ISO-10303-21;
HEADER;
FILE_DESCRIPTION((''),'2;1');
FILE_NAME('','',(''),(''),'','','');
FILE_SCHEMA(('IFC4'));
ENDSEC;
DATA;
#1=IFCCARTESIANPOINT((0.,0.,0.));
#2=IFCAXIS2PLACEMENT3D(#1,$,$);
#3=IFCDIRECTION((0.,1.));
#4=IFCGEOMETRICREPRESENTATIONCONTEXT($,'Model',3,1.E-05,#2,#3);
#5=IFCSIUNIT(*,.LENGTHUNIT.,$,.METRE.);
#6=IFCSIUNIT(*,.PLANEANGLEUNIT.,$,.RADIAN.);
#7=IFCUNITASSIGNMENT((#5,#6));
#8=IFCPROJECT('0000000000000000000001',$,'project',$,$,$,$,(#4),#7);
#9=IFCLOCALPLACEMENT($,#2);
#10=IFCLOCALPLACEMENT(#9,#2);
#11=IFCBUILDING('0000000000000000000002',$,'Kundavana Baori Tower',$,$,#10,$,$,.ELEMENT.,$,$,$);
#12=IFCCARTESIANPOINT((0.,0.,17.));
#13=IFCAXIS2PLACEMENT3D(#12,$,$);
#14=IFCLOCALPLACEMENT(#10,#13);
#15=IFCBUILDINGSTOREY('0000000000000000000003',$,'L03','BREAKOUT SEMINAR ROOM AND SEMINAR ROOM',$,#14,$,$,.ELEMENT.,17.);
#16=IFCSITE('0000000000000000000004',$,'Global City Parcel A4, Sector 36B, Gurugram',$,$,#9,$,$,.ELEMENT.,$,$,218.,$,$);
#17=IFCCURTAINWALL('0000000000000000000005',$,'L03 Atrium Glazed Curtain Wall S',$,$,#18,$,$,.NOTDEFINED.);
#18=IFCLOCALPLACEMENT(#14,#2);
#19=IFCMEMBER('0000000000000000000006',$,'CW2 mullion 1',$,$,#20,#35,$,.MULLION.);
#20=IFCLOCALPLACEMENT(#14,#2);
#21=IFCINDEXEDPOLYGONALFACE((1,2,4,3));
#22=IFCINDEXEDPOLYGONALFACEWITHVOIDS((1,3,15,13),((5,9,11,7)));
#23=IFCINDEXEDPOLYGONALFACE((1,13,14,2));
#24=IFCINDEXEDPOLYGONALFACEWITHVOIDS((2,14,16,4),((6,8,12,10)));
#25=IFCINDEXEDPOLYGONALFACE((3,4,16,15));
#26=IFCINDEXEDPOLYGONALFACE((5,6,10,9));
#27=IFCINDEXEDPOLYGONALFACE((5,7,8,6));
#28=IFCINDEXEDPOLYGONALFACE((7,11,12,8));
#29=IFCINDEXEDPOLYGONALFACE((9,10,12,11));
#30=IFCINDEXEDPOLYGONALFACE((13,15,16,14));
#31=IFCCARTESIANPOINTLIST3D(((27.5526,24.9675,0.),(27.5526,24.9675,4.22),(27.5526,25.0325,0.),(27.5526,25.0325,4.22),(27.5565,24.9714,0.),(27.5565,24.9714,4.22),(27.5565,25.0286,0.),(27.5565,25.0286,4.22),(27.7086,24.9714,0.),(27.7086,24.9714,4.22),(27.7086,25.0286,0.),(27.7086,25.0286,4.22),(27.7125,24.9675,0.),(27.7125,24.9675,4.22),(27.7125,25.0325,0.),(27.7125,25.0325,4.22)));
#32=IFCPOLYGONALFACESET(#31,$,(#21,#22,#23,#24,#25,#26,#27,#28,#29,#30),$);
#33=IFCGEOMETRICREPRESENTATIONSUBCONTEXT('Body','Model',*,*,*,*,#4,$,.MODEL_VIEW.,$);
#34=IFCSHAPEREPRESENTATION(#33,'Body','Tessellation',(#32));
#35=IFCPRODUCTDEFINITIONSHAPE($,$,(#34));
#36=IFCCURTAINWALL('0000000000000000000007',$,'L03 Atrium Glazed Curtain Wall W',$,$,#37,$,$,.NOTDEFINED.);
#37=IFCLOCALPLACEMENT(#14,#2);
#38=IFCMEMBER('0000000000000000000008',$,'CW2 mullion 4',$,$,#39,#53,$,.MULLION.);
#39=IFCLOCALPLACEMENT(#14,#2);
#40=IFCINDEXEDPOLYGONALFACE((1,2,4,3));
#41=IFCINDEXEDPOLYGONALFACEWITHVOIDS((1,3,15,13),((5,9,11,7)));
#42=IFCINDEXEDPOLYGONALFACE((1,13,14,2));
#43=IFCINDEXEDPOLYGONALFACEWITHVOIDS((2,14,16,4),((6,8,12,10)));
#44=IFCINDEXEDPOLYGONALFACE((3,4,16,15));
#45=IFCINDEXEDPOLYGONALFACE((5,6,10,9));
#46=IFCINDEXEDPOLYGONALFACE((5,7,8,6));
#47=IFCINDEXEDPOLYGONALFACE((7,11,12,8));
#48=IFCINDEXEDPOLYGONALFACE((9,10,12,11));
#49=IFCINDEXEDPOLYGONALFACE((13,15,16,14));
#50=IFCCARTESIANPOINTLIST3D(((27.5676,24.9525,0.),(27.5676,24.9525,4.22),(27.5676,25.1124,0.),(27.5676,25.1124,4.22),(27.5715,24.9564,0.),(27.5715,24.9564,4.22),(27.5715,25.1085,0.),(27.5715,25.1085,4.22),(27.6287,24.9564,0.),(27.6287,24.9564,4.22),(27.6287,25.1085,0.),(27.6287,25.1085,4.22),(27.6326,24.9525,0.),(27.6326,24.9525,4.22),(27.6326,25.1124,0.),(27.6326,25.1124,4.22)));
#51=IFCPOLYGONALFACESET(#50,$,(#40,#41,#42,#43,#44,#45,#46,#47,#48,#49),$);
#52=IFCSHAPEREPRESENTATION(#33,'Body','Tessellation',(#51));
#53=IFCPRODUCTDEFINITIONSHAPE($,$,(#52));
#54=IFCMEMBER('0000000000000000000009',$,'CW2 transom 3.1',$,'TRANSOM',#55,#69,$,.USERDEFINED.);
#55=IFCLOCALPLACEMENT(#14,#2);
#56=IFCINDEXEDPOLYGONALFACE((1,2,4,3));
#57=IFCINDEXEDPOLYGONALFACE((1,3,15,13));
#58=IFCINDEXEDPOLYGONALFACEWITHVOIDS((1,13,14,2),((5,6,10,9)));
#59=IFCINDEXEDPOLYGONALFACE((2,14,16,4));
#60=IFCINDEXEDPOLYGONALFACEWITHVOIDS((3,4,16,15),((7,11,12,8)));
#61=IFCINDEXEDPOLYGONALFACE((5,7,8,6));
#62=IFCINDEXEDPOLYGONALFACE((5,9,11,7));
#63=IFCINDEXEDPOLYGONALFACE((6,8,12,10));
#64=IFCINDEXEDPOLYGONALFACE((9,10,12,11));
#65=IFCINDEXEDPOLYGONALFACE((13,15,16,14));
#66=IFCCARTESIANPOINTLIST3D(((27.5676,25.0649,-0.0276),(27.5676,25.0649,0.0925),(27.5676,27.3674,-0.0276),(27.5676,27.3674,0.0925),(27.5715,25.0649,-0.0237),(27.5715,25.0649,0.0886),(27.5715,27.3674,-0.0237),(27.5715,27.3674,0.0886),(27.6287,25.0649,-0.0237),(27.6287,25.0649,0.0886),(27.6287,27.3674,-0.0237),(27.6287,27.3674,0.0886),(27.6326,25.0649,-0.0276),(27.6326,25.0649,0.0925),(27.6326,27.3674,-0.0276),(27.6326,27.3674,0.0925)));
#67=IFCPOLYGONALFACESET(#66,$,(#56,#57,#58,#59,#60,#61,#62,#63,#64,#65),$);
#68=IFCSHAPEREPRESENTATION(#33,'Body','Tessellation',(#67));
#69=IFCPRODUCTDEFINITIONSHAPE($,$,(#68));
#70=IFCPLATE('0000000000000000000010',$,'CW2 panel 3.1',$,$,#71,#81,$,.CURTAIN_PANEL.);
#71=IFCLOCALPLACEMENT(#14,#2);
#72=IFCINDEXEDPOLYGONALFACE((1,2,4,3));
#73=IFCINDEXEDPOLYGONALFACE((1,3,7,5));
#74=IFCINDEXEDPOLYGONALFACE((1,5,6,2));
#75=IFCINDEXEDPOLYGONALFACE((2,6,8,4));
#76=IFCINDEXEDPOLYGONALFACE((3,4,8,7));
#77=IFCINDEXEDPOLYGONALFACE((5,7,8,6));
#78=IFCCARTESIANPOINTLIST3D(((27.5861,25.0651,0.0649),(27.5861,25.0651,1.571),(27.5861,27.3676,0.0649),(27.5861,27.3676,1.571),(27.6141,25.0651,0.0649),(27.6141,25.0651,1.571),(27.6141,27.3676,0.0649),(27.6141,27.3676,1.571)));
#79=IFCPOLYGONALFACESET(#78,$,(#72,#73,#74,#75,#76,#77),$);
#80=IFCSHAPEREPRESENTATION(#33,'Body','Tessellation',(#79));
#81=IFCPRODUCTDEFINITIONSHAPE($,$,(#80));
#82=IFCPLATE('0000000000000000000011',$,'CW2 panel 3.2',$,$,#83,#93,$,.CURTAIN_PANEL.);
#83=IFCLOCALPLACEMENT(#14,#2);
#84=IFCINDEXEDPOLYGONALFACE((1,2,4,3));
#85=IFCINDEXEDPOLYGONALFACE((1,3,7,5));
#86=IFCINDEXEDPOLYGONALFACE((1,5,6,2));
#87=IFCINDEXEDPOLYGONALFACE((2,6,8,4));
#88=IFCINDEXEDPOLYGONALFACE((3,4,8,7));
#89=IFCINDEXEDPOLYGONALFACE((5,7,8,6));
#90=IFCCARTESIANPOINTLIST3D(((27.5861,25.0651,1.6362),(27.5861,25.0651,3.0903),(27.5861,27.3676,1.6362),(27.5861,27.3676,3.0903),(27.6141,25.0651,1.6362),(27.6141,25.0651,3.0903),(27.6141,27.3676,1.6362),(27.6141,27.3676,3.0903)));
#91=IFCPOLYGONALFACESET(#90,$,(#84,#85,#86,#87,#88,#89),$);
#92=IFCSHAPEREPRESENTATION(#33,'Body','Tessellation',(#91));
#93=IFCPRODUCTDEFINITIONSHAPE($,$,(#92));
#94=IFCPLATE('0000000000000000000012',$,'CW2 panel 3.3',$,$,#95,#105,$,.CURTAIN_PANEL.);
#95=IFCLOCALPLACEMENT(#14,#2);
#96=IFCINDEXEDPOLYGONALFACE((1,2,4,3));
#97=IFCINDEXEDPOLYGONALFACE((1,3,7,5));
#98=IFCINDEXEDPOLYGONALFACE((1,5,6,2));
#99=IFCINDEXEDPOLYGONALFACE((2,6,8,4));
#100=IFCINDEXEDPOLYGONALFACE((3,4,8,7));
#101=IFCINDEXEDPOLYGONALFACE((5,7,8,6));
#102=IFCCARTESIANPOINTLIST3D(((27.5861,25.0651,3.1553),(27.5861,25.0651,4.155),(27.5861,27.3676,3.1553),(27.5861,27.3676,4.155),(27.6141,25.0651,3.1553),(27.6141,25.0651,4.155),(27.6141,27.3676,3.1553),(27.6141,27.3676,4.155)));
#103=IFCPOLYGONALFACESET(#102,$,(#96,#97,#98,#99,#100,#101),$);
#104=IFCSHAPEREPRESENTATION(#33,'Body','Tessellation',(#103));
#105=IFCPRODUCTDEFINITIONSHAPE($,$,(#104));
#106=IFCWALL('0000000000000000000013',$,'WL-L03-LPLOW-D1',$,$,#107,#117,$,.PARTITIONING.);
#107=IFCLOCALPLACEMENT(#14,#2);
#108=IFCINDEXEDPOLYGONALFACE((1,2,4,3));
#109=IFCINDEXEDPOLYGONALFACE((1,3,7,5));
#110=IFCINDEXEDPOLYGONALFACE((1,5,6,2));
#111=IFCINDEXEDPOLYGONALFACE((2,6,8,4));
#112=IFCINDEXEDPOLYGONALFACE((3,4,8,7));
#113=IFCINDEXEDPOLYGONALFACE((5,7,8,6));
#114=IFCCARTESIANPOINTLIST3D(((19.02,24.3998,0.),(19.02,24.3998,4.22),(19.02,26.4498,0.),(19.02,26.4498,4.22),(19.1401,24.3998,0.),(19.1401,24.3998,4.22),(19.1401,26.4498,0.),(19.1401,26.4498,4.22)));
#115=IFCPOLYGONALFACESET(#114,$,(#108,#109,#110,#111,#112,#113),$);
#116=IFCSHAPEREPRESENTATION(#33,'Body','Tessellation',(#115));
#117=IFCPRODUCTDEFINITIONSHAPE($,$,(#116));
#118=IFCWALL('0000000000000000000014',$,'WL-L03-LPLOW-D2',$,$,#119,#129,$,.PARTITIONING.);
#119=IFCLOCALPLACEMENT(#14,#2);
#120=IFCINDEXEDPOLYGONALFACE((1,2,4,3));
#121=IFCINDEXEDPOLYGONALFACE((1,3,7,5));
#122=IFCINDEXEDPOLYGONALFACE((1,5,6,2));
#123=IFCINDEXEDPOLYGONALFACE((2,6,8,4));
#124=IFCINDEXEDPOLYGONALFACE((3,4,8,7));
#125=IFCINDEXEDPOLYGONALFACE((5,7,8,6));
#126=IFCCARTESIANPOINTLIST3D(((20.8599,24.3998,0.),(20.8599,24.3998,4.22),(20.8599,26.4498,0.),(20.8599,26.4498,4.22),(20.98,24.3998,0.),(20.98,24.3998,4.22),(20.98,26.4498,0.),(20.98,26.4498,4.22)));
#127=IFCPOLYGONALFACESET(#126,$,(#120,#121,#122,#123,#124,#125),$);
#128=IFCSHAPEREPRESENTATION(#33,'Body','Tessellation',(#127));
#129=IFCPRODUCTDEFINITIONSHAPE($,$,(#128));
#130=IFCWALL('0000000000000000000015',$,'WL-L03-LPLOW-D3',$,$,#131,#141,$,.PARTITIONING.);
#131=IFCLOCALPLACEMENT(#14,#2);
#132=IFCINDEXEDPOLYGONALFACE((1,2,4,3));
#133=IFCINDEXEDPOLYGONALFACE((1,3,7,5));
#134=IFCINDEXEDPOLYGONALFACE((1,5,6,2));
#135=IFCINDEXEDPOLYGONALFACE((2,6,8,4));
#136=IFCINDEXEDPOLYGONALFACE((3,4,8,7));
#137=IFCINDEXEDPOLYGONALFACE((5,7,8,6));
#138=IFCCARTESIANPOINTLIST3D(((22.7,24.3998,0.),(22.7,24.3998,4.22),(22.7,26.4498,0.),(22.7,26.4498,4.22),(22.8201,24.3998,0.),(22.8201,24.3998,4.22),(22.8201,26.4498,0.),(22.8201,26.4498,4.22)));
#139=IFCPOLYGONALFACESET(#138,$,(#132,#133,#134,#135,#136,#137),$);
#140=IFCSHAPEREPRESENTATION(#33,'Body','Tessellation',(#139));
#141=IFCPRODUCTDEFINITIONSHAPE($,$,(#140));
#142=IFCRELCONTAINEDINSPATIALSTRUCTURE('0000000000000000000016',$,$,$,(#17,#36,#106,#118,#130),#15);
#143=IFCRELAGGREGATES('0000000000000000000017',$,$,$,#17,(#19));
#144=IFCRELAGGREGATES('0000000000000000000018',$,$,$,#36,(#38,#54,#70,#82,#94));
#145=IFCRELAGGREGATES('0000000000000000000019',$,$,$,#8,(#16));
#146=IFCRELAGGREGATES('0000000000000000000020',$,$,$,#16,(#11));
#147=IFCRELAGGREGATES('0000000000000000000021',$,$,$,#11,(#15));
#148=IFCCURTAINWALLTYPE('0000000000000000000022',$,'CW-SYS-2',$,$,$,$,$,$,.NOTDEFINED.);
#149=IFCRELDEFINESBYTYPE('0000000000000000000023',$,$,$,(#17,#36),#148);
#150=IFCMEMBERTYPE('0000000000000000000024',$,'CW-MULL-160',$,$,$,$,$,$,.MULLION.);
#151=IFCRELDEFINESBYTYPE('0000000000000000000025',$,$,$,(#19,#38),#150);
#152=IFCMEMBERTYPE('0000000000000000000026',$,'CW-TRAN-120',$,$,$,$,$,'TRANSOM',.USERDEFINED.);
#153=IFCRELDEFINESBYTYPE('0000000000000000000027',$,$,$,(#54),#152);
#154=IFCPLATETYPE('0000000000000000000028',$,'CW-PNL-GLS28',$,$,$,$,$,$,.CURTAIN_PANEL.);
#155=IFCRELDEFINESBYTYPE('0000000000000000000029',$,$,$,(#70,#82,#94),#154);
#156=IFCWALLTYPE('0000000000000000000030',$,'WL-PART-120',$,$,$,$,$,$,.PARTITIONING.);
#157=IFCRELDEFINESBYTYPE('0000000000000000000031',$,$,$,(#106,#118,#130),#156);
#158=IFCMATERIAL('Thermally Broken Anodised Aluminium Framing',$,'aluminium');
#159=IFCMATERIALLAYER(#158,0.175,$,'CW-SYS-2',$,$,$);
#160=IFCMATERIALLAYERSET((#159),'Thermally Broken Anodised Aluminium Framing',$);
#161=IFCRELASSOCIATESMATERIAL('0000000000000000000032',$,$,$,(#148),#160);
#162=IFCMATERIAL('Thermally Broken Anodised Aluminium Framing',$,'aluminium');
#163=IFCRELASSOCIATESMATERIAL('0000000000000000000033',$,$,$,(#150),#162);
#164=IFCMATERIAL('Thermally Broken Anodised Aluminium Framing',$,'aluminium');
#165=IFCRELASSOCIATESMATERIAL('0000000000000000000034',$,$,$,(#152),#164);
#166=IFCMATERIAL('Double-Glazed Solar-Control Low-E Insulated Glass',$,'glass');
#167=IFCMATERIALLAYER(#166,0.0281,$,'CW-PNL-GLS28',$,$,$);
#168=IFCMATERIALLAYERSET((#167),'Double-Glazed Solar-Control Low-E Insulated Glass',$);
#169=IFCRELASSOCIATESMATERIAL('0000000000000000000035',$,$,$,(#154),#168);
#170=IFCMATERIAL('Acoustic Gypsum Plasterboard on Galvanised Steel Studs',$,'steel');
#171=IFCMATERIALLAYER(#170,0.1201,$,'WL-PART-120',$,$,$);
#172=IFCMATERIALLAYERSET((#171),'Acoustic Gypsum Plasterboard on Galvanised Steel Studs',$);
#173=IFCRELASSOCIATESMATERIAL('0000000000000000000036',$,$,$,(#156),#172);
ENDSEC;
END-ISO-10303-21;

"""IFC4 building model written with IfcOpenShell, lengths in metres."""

from ifc_helpers import new_model, si_unit, direction, frame, frame_2d, origin, origin_2d, place, context, subcontext, project, spatial, rectangle, hollow_rectangle, extrude, material, layer, layer_set, material_profile, profile_set, type_object, element, aggregate, save


model = new_model("IFC4")

# Units and contexts
model_context = context("Model", 3, precision=1e-05, world=origin(), true_north=direction((0.0, 1.0)))
body_context = subcontext(model_context, "Body", "Model", "MODEL_VIEW")
ifc_project = project(units=[si_unit("LENGTHUNIT", "METRE"), si_unit("PLANEANGLEUNIT", "RADIAN")], contexts=[model_context])

# Site, building, storey
site_placement = place(None, origin())
site = spatial("IfcSite", under=ifc_project, at=site_placement, Name="Global City Parcel A4, Sector 36B, Gurugram", CompositionType="ELEMENT", RefElevation=218.0)
building_placement = place(site_placement, origin())
building = spatial("IfcBuilding", under=site, at=building_placement, Name="Kundavana Baori Tower", CompositionType="ELEMENT")
storey_placement = place(building_placement, frame((0.0, 0.0, 17.0)))
storey = spatial("IfcBuildingStorey", under=building, at=storey_placement, Name="L03", Description="BREAKOUT SEMINAR ROOM AND SEMINAR ROOM", CompositionType="ELEMENT", Elevation=17.0)

# Curtain wall, member
ifc_material_1 = material(Name="Thermally Broken Anodised Aluminium Framing", Category="aluminium")
ifc_layer_1 = layer(ifc_material_1, 0.175, Name="CW-SYS-2")
ifc_layer_set_1 = layer_set([ifc_layer_1], Name="Thermally Broken Anodised Aluminium Framing")
curtain_wall_type = type_object("IfcCurtainWallType", Name="CW-SYS-2", PredefinedType="NOTDEFINED", material=ifc_layer_set_1)
curtain_wall_1_placement = place(storey_placement, origin())
curtain_wall_1 = element("IfcCurtainWall", 1, at=curtain_wall_1_placement, inside=storey, type_object=curtain_wall_type, Name="L03 Atrium Glazed Curtain Wall S", PredefinedType="NOTDEFINED")
ifc_material_2 = material(Name="Thermally Broken Anodised Aluminium Framing", Category="aluminium")
ifc_material_profile_1 = material_profile(ifc_material_2, hollow_rectangle(XDim=0.0649, YDim=0.1599, WallThickness=0.0039, at=origin_2d()), Name="CW-MULL-160")
ifc_profile_set_1 = profile_set([ifc_material_profile_1], Name="Thermally Broken Anodised Aluminium Framing")
member_type_1 = type_object("IfcMemberType", Name="CW-MULL-160", PredefinedType="MULLION", material=ifc_profile_set_1)
member_1_placement = place(storey_placement, frame((27.6326, 25.0, 0.0), z_axis=(0.0, 0.0, 1.0), x_axis=(0.0, 1.0, 0.0)))
member_1 = element("IfcMember", 2, at=member_1_placement, type_object=member_type_1, Name="CW2 mullion 1", PredefinedType="MULLION", context=body_context, shape_type="SweptSolid", body=[
    extrude(hollow_rectangle(XDim=0.0649, YDim=0.1599, WallThickness=0.0039, at=origin_2d()), origin(), (0.0, 0.0, 1.0), 4.22),
])
aggregate(curtain_wall_1, [member_1])

# Curtain wall, members, plates
curtain_wall_2_placement = place(storey_placement, origin())
curtain_wall_2 = element("IfcCurtainWall", 3, at=curtain_wall_2_placement, inside=storey, type_object=curtain_wall_type, Name="L03 Atrium Glazed Curtain Wall W", PredefinedType="NOTDEFINED")
member_2_placement = place(storey_placement, frame((27.6001, 25.0325, 0.0), z_axis=(0.0, 0.0, 1.0), x_axis=(1.0, 0.0, 0.0)))
member_2 = element("IfcMember", 4, at=member_2_placement, type_object=member_type_1, Name="CW2 mullion 4", PredefinedType="MULLION", context=body_context, shape_type="SweptSolid", body=[
    extrude(hollow_rectangle(XDim=0.0649, YDim=0.1599, WallThickness=0.0039, at=origin_2d()), origin(), (0.0, 0.0, 1.0), 4.22),
])
ifc_material_3 = material(Name="Thermally Broken Anodised Aluminium Framing", Category="aluminium")
ifc_material_profile_2 = material_profile(ifc_material_3, hollow_rectangle(XDim=0.0649, YDim=0.1201, WallThickness=0.0039, at=origin_2d()), Name="CW-TRAN-120")
ifc_profile_set_2 = profile_set([ifc_material_profile_2], Name="Thermally Broken Anodised Aluminium Framing")
member_type_2 = type_object("IfcMemberType", Name="CW-TRAN-120", ElementType="TRANSOM", PredefinedType="USERDEFINED", material=ifc_profile_set_2)
member_3_placement = place(storey_placement, frame((27.6001, 27.3674, 0.0325), z_axis=(0.0, -1.0, 0.0), x_axis=(1.0, 0.0, 0.0)))
member_3 = element("IfcMember", 5, at=member_3_placement, type_object=member_type_2, Name="CW2 transom 3.1", ObjectType="TRANSOM", PredefinedType="USERDEFINED", context=body_context, shape_type="SweptSolid", body=[
    extrude(hollow_rectangle(XDim=0.0649, YDim=0.1201, WallThickness=0.0039, at=origin_2d()), origin(), (0.0, 0.0, 1.0), 2.3025),
])
ifc_material_4 = material(Name="Double-Glazed Solar-Control Low-E Insulated Glass", Category="glass")
ifc_layer_2 = layer(ifc_material_4, 0.0281, Name="CW-PNL-GLS28")
ifc_layer_set_2 = layer_set([ifc_layer_2], Name="Double-Glazed Solar-Control Low-E Insulated Glass")
plate_type = type_object("IfcPlateType", Name="CW-PNL-GLS28", PredefinedType="CURTAIN_PANEL", material=ifc_layer_set_2)
plate_1_placement = place(storey_placement, frame((27.6001, 26.2163, 0.0649), z_axis=(0.0, 0.0, 1.0), x_axis=(0.0, -1.0, 0.0)))
plate_1 = element("IfcPlate", 6, at=plate_1_placement, type_object=plate_type, Name="CW2 panel 3.1", PredefinedType="CURTAIN_PANEL", context=body_context, shape_type="SweptSolid", body=[
    extrude(rectangle(XDim=2.3025, YDim=0.0281, at=origin_2d()), origin(), (0.0, 0.0, 1.0), 1.5061),
])
plate_2_placement = place(storey_placement, frame((27.6001, 26.2163, 1.6362), z_axis=(0.0, 0.0, 1.0), x_axis=(0.0, -1.0, 0.0)))
plate_2 = element("IfcPlate", 7, at=plate_2_placement, type_object=plate_type, Name="CW2 panel 3.2", PredefinedType="CURTAIN_PANEL", context=body_context, shape_type="SweptSolid", body=[
    extrude(rectangle(XDim=2.3025, YDim=0.0281, at=origin_2d()), origin(), (0.0, 0.0, 1.0), 1.4541),
])
plate_3_placement = place(storey_placement, frame((27.6001, 26.2163, 3.1553), z_axis=(0.0, 0.0, 1.0), x_axis=(0.0, -1.0, 0.0)))
plate_3 = element("IfcPlate", 8, at=plate_3_placement, type_object=plate_type, Name="CW2 panel 3.3", PredefinedType="CURTAIN_PANEL", context=body_context, shape_type="SweptSolid", body=[
    extrude(rectangle(XDim=2.3025, YDim=0.0281, at=origin_2d()), origin(), (0.0, 0.0, 1.0), 0.9998),
])
aggregate(curtain_wall_2, [member_2, member_3, plate_1, plate_2, plate_3])

# Walls
ifc_material_5 = material(Name="Acoustic Gypsum Plasterboard on Galvanised Steel Studs", Category="steel")
ifc_layer_3 = layer(ifc_material_5, 0.1201, Name="WL-PART-120")
ifc_layer_set_3 = layer_set([ifc_layer_3], Name="Acoustic Gypsum Plasterboard on Galvanised Steel Studs")
wall_type_1 = type_object("IfcWallType", Name="WL-PART-120", PredefinedType="PARTITIONING", material=ifc_layer_set_3)
for number, where, z_axis, x_axis, name in (
    (9, (19.0801, 24.3999, 0.0), (0.0, 0.0, 1.0), (0.0, 1.0, 0.0), "WL-L03-LPLOW-D1"),
    (10, (20.9199, 24.3999, 0.0), (0.0, 0.0, 1.0), (0.0, 1.0, 0.0), "WL-L03-LPLOW-D2"),
    (11, (22.76, 24.3999, 0.0), (0.0, 0.0, 1.0), (0.0, 1.0, 0.0), "WL-L03-LPLOW-D3"),
):
    element("IfcWall", number, at=place(storey_placement, frame(where, z_axis=z_axis, x_axis=x_axis)), inside=storey, type_object=wall_type_1, Name=name, PredefinedType="PARTITIONING", context=body_context, shape_type="SweptSolid", body=[
        extrude(rectangle(XDim=2.05, YDim=0.1201, at=frame_2d((1.0249, 0.0))), origin(), (0.0, 0.0, 1.0), 4.22),
    ])

save(model, "model.ifc")
